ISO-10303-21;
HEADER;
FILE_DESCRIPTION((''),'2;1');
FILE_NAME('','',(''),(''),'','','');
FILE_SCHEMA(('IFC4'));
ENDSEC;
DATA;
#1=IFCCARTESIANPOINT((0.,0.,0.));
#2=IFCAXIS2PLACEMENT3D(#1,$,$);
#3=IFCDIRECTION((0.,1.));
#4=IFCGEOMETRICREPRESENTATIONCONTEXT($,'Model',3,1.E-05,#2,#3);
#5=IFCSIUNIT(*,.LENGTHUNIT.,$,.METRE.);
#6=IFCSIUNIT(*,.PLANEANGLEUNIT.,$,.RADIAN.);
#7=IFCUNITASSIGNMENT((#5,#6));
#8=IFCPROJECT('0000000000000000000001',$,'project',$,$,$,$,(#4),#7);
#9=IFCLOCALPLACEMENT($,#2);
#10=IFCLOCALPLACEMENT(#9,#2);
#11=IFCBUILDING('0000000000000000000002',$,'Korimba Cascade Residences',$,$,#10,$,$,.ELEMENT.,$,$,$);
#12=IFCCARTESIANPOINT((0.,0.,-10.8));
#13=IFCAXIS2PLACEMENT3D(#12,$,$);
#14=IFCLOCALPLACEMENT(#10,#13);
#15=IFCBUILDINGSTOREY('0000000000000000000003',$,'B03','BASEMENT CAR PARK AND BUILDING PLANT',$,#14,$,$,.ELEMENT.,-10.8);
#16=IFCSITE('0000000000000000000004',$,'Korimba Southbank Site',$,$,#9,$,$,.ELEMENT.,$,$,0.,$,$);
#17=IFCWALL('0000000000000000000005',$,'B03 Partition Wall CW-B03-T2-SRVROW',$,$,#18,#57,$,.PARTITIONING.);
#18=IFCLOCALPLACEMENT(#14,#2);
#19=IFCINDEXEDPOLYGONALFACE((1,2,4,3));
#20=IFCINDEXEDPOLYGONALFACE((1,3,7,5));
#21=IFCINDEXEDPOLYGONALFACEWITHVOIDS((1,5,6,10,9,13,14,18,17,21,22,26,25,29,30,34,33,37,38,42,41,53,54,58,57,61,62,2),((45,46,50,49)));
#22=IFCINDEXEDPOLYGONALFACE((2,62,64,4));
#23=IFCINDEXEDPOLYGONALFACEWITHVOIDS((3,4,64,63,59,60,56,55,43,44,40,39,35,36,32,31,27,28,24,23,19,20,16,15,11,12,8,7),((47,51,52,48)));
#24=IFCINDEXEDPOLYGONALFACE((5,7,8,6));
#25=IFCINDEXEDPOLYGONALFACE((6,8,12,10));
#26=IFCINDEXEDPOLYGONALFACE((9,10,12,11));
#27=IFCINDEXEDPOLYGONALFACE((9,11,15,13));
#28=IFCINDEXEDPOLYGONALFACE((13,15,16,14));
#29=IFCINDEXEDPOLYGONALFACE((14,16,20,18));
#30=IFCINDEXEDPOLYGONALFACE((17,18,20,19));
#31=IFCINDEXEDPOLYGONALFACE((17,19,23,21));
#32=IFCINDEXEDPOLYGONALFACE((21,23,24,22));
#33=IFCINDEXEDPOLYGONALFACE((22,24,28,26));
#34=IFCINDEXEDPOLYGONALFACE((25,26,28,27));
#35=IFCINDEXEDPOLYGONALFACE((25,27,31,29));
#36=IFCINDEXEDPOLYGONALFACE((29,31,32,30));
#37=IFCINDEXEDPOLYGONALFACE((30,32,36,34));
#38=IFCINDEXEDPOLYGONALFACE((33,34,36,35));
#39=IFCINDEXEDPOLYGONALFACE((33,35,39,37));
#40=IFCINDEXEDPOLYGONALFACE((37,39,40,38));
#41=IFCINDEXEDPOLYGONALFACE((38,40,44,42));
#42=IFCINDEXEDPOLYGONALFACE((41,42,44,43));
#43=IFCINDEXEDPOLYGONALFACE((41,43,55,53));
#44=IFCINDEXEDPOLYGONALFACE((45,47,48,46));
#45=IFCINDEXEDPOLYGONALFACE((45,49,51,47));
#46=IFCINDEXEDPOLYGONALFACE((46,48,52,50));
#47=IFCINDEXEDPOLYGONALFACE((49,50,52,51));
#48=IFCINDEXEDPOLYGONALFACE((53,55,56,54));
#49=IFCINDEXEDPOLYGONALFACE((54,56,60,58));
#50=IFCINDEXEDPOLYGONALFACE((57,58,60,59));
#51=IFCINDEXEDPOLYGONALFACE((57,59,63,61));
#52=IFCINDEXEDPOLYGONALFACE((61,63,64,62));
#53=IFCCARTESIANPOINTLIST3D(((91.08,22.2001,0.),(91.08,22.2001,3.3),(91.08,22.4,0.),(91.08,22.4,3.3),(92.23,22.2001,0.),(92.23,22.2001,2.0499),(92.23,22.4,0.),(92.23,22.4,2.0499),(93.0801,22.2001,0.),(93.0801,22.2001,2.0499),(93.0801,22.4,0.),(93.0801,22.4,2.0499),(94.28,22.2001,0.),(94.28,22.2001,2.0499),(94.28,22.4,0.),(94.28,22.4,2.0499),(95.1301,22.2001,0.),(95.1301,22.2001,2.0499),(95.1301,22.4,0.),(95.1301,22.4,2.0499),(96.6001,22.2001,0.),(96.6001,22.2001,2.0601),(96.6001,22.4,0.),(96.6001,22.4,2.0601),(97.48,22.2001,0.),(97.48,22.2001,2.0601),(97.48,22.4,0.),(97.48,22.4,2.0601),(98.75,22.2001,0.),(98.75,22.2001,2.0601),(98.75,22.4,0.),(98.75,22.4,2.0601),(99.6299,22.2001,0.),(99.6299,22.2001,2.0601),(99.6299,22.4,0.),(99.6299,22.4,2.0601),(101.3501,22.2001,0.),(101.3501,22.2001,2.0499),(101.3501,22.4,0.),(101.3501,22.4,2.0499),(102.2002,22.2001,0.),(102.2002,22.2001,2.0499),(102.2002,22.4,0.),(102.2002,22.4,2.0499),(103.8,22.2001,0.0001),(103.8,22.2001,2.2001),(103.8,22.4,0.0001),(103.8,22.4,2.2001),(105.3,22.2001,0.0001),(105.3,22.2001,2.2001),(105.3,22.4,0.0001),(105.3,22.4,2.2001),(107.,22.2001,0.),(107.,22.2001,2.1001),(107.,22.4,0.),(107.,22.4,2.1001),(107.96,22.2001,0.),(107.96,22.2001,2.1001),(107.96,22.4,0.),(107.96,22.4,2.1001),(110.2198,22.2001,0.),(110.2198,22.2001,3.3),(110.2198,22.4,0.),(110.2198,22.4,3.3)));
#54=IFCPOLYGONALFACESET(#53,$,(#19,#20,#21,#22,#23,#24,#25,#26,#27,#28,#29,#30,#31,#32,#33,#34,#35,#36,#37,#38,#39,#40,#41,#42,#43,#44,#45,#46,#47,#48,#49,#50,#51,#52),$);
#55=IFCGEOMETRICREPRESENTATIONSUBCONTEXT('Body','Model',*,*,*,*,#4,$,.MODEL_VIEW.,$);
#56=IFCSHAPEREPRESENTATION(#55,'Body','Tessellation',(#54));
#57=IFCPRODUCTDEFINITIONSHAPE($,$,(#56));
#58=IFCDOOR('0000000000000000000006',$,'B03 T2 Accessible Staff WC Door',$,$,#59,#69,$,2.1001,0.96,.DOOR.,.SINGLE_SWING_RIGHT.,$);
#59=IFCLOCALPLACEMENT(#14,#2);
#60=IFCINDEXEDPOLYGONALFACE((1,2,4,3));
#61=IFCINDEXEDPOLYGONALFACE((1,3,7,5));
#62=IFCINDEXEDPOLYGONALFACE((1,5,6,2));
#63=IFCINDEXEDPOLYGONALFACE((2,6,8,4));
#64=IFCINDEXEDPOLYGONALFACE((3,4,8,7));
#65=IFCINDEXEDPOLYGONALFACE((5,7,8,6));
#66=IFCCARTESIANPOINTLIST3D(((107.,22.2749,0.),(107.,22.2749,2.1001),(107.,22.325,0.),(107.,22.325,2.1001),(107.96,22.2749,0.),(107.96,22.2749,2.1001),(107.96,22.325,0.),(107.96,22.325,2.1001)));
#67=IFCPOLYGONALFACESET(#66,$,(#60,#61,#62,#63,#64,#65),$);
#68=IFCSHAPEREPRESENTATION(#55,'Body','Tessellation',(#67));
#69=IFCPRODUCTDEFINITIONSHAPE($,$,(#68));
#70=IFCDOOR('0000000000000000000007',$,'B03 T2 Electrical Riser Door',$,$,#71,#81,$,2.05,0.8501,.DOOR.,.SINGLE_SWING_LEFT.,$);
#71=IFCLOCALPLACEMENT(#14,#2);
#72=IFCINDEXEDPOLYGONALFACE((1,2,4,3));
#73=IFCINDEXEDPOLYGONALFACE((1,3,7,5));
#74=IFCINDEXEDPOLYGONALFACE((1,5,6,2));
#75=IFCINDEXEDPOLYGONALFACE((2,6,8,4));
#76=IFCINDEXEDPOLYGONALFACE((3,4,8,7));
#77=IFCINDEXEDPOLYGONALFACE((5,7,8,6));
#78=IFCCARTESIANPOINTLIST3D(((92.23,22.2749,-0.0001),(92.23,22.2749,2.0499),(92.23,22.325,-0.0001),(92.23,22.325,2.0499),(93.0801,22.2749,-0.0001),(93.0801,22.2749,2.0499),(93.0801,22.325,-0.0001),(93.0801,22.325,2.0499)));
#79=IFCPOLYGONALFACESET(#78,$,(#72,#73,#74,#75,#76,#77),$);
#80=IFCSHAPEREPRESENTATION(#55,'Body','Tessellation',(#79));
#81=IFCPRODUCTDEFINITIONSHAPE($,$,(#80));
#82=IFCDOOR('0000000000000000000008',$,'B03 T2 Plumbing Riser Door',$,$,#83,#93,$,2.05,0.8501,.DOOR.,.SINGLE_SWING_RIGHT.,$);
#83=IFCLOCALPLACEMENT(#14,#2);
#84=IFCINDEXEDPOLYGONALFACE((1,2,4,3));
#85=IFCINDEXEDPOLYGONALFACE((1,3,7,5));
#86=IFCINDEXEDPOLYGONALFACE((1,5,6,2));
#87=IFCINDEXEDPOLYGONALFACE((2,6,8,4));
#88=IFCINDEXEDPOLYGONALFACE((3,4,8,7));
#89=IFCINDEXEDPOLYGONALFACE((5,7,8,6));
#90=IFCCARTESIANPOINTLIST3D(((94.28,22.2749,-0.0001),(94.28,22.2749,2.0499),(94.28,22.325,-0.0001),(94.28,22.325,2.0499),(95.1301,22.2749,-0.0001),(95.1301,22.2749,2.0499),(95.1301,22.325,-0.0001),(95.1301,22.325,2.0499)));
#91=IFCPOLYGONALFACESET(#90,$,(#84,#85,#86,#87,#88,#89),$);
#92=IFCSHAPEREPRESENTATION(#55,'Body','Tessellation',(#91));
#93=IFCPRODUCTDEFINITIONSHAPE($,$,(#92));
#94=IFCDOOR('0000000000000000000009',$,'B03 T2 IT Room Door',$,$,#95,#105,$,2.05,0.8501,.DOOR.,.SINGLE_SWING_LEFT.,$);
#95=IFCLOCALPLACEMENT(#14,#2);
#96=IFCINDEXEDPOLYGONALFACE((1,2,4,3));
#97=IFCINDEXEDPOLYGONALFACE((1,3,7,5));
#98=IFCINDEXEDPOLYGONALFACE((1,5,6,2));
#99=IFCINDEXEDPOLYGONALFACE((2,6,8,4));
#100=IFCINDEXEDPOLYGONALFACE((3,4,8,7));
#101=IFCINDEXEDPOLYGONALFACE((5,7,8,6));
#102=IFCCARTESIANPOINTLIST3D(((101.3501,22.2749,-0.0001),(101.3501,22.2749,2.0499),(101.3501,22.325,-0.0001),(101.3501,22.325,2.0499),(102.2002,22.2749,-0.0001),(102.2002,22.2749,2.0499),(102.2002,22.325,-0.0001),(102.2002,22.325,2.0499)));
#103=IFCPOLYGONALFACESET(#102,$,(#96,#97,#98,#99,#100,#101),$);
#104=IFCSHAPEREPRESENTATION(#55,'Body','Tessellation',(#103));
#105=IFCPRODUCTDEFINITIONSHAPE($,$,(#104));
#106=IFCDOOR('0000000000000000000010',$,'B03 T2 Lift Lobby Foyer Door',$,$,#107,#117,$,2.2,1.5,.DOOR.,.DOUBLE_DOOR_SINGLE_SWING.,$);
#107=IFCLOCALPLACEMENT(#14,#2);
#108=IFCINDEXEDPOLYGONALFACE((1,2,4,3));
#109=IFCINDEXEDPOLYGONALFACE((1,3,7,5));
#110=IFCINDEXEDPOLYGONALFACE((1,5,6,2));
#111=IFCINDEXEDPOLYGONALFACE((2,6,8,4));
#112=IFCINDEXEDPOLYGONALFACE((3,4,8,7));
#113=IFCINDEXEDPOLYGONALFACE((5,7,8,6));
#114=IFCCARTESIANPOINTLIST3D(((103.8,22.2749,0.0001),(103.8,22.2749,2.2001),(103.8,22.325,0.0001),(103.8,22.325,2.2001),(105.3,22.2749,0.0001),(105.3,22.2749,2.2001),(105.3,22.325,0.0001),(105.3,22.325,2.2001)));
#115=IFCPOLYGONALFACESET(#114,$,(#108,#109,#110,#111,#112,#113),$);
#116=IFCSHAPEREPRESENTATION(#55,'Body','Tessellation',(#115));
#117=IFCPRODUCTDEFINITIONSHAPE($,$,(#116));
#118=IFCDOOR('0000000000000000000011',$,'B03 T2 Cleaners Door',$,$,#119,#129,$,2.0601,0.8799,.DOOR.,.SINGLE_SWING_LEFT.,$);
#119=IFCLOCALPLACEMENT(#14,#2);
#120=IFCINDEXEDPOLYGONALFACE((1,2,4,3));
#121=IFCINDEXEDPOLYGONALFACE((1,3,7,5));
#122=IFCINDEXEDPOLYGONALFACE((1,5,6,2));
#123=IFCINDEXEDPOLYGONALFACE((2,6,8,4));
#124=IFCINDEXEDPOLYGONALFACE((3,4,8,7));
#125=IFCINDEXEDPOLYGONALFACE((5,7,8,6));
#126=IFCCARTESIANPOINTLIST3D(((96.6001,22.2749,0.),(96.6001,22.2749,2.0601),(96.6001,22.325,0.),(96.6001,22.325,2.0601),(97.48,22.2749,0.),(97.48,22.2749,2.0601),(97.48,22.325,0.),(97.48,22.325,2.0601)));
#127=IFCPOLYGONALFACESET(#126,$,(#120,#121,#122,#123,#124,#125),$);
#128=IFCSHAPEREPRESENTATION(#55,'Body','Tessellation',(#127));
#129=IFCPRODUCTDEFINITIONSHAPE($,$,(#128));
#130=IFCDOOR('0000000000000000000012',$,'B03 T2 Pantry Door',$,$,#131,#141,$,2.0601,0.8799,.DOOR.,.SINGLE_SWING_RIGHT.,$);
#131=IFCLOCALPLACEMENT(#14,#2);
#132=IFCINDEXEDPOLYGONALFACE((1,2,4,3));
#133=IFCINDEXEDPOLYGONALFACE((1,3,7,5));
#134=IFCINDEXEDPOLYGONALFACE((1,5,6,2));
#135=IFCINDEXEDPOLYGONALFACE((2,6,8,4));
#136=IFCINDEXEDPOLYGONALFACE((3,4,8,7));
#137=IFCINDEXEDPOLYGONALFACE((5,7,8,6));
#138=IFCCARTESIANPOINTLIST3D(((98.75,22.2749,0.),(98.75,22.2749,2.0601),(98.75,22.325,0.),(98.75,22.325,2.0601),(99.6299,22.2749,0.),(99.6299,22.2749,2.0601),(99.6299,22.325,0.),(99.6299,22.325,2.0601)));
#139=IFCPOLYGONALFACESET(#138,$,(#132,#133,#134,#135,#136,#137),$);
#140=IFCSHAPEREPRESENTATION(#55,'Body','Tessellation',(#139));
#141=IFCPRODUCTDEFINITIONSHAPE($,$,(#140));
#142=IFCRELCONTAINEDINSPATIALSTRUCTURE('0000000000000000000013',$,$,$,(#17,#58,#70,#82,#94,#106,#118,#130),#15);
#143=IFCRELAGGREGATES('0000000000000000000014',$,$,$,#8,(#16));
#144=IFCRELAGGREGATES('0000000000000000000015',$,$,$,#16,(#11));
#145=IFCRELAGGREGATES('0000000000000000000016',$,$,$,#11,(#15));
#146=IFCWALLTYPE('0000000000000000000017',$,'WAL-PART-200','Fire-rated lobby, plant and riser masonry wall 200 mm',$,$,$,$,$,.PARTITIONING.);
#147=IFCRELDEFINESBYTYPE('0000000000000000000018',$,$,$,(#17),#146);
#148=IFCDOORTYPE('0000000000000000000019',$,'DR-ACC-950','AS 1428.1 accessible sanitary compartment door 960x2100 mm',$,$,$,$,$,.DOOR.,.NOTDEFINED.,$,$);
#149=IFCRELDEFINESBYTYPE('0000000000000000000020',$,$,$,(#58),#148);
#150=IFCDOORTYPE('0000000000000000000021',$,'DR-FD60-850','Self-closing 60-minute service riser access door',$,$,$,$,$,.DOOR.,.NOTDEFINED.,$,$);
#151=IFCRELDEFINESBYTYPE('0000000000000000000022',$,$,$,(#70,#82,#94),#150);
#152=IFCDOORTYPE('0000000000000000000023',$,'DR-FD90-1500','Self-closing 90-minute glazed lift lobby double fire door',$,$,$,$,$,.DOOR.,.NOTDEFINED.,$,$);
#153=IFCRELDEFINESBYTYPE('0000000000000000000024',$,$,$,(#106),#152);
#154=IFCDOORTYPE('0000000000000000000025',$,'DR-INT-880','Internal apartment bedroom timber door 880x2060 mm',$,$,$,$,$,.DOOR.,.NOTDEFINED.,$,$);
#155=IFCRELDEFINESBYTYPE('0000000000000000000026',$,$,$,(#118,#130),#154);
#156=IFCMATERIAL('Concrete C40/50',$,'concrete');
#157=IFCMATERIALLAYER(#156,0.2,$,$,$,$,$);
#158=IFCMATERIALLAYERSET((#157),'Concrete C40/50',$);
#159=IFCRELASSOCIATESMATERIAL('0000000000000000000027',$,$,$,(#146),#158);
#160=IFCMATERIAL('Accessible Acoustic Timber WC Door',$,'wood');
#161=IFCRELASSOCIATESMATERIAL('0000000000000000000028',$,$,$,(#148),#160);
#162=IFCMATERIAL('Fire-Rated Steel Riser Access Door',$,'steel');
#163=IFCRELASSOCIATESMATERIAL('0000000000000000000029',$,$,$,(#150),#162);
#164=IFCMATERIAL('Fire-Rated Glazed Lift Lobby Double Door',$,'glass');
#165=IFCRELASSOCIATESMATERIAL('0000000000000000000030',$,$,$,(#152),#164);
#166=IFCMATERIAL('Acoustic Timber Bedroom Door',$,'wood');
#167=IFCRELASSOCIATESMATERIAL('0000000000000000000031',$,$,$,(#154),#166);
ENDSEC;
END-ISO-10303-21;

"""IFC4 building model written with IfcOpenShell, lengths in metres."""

from ifc_helpers import new_model, si_unit, direction, frame, frame_2d, origin, place, context, subcontext, project, spatial, rectangle, extrude, material, layer, layer_set, type_object, element, fill, save


model = new_model("IFC4")

# Units and contexts
model_context = context("Model", 3, precision=1e-05, world=origin(), true_north=direction((0.0, 1.0)))
body_context = subcontext(model_context, "Body", "Model", "MODEL_VIEW")
ifc_project = project(units=[si_unit("LENGTHUNIT", "METRE"), si_unit("PLANEANGLEUNIT", "RADIAN")], contexts=[model_context])

# Site, building, storey
site_placement = place(None, origin())
site = spatial("IfcSite", under=ifc_project, at=site_placement, Name="Korimba Southbank Site", CompositionType="ELEMENT", RefElevation=0.0)
building_placement = place(site_placement, origin())
building = spatial("IfcBuilding", under=site, at=building_placement, Name="Korimba Cascade Residences", CompositionType="ELEMENT")
storey_placement = place(building_placement, frame((0.0, 0.0, -10.8)))
storey = spatial("IfcBuildingStorey", under=building, at=storey_placement, Name="B03", Description="BASEMENT CAR PARK AND BUILDING PLANT", CompositionType="ELEMENT", Elevation=-10.8)

# Wall, openings, doors
ifc_material_1 = material(Name="Concrete C40/50", Category="concrete")
ifc_layer_1 = layer(ifc_material_1, 0.2)
ifc_layer_set_1 = layer_set([ifc_layer_1], Name="Concrete C40/50")
wall_type_1 = type_object("IfcWallType", Name="WAL-PART-200", Description="Fire-rated lobby, plant and riser masonry wall 200 mm", PredefinedType="PARTITIONING", material=ifc_layer_set_1)
wall_1_placement = place(storey_placement, frame((91.0801, 22.3, 0.0), z_axis=(0.0, 0.0, 1.0), x_axis=(1.0, 0.0, 0.0)))
wall_1 = element("IfcWall", 1, at=wall_1_placement, inside=storey, type_object=wall_type_1, Name="B03 Partition Wall CW-B03-T2-SRVROW", PredefinedType="PARTITIONING", context=body_context, shape_type="SweptSolid", body=[
    extrude(rectangle(XDim=19.1399, YDim=0.2, at=frame_2d((9.5698, 0.0))), origin(), (0.0, 0.0, 1.0), 3.3),
])
opening_1_placement = place(wall_1_placement, frame((1.1499, 0.0, 0.0)))
opening_1 = element("IfcOpeningElement", 2, at=opening_1_placement, cuts=wall_1, PredefinedType="OPENING", context=body_context, shape_type="SweptSolid", body=[
    extrude(rectangle(XDim=0.8501, YDim=2.05, at=frame_2d((0.425, 1.0249))), frame((0.0, 0.1099, 0.0), z_axis=(0.0, -1.0, 0.0), x_axis=(1.0, 0.0, 0.0)), (0.0, 0.0, 1.0), 0.22),
])
opening_2_placement = place(wall_1_placement, frame((3.2, 0.0, 0.0)))
opening_2 = element("IfcOpeningElement", 3, at=opening_2_placement, cuts=wall_1, PredefinedType="OPENING", context=body_context, shape_type="SweptSolid", body=[
    extrude(rectangle(XDim=0.8501, YDim=2.05, at=frame_2d((0.425, 1.0249))), frame((0.0, 0.1099, 0.0), z_axis=(0.0, -1.0, 0.0), x_axis=(1.0, 0.0, 0.0)), (0.0, 0.0, 1.0), 0.22),
])
opening_3_placement = place(wall_1_placement, frame((12.72, 0.0, 0.0)))
opening_3 = element("IfcOpeningElement", 4, at=opening_3_placement, cuts=wall_1, PredefinedType="OPENING", context=body_context, shape_type="SweptSolid", body=[
    extrude(rectangle(XDim=1.5, YDim=2.2, at=frame_2d((0.75, 1.1001))), frame((0.0, 0.1099, 0.0), z_axis=(0.0, -1.0, 0.0), x_axis=(1.0, 0.0, 0.0)), (0.0, 0.0, 1.0), 0.22),
])
opening_4_placement = place(wall_1_placement, frame((5.52, 0.0, 0.0)))
opening_4 = element("IfcOpeningElement", 5, at=opening_4_placement, cuts=wall_1, PredefinedType="OPENING", context=body_context, shape_type="SweptSolid", body=[
    extrude(rectangle(XDim=0.8799, YDim=2.0601, at=frame_2d((0.4399, 1.03))), frame((0.0, 0.1099, 0.0), z_axis=(0.0, -1.0, 0.0), x_axis=(1.0, 0.0, 0.0)), (0.0, 0.0, 1.0), 0.22),
])
opening_5_placement = place(wall_1_placement, frame((7.6699, 0.0, 0.0)))
opening_5 = element("IfcOpeningElement", 6, at=opening_5_placement, cuts=wall_1, PredefinedType="OPENING", context=body_context, shape_type="SweptSolid", body=[
    extrude(rectangle(XDim=0.8799, YDim=2.0601, at=frame_2d((0.4399, 1.03))), frame((0.0, 0.1099, 0.0), z_axis=(0.0, -1.0, 0.0), x_axis=(1.0, 0.0, 0.0)), (0.0, 0.0, 1.0), 0.22),
])
opening_6_placement = place(wall_1_placement, frame((10.27, 0.0, 0.0)))
opening_6 = element("IfcOpeningElement", 7, at=opening_6_placement, cuts=wall_1, PredefinedType="OPENING", context=body_context, shape_type="SweptSolid", body=[
    extrude(rectangle(XDim=0.8501, YDim=2.05, at=frame_2d((0.425, 1.0249))), frame((0.0, 0.1099, 0.0), z_axis=(0.0, -1.0, 0.0), x_axis=(1.0, 0.0, 0.0)), (0.0, 0.0, 1.0), 0.22),
])
opening_7_placement = place(wall_1_placement, frame((15.9199, 0.0, 0.0)))
opening_7 = element("IfcOpeningElement", 8, at=opening_7_placement, cuts=wall_1, PredefinedType="OPENING", context=body_context, shape_type="SweptSolid", body=[
    extrude(rectangle(XDim=0.96, YDim=2.1001, at=frame_2d((0.48, 1.05))), frame((0.0, 0.1099, 0.0), z_axis=(0.0, -1.0, 0.0), x_axis=(1.0, 0.0, 0.0)), (0.0, 0.0, 1.0), 0.22),
])
ifc_material_2 = material(Name="Accessible Acoustic Timber WC Door", Category="wood")
door_type_1 = type_object("IfcDoorType", Name="DR-ACC-950", Description="AS 1428.1 accessible sanitary compartment door 960x2100 mm", OperationType="NOTDEFINED", PredefinedType="DOOR", material=ifc_material_2)
door_1_placement = place(opening_7_placement, origin())
door_1 = element("IfcDoor", 9, at=door_1_placement, inside=storey, type_object=door_type_1, Name="B03 T2 Accessible Staff WC Door", OperationType="SINGLE_SWING_RIGHT", OverallHeight=2.1001, OverallWidth=0.96, PredefinedType="DOOR", context=body_context, shape_type="SweptSolid", body=[
    extrude(rectangle(XDim=0.96, YDim=2.1001, at=frame_2d((0.48, 1.05))), frame((0.0, 0.0249, 0.0), z_axis=(0.0, -1.0, 0.0), x_axis=(1.0, 0.0, 0.0)), (0.0, 0.0, 1.0), 0.05),
])
fill(opening_7, door_1)
ifc_material_3 = material(Name="Fire-Rated Steel Riser Access Door", Category="steel")
door_type_2 = type_object("IfcDoorType", Name="DR-FD60-850", Description="Self-closing 60-minute service riser access door", OperationType="NOTDEFINED", PredefinedType="DOOR", material=ifc_material_3)
door_2_placement = place(opening_1_placement, origin())
door_2 = element("IfcDoor", 10, at=door_2_placement, inside=storey, type_object=door_type_2, Name="B03 T2 Electrical Riser Door", OperationType="SINGLE_SWING_LEFT", OverallHeight=2.05, OverallWidth=0.8501, PredefinedType="DOOR", context=body_context, shape_type="SweptSolid", body=[
    extrude(rectangle(XDim=0.8501, YDim=2.05, at=frame_2d((0.425, 1.0249))), frame((0.0, 0.0249, 0.0), z_axis=(0.0, -1.0, 0.0), x_axis=(1.0, 0.0, 0.0)), (0.0, 0.0, 1.0), 0.05),
])
fill(opening_1, door_2)
door_3_placement = place(opening_2_placement, origin())
door_3 = element("IfcDoor", 11, at=door_3_placement, inside=storey, type_object=door_type_2, Name="B03 T2 Plumbing Riser Door", OperationType="SINGLE_SWING_RIGHT", OverallHeight=2.05, OverallWidth=0.8501, PredefinedType="DOOR", context=body_context, shape_type="SweptSolid", body=[
    extrude(rectangle(XDim=0.8501, YDim=2.05, at=frame_2d((0.425, 1.0249))), frame((0.0, 0.0249, 0.0), z_axis=(0.0, -1.0, 0.0), x_axis=(1.0, 0.0, 0.0)), (0.0, 0.0, 1.0), 0.05),
])
fill(opening_2, door_3)
door_4_placement = place(opening_6_placement, origin())
door_4 = element("IfcDoor", 12, at=door_4_placement, inside=storey, type_object=door_type_2, Name="B03 T2 IT Room Door", OperationType="SINGLE_SWING_LEFT", OverallHeight=2.05, OverallWidth=0.8501, PredefinedType="DOOR", context=body_context, shape_type="SweptSolid", body=[
    extrude(rectangle(XDim=0.8501, YDim=2.05, at=frame_2d((0.425, 1.0249))), frame((0.0, 0.0249, 0.0), z_axis=(0.0, -1.0, 0.0), x_axis=(1.0, 0.0, 0.0)), (0.0, 0.0, 1.0), 0.05),
])
fill(opening_6, door_4)
ifc_material_4 = material(Name="Fire-Rated Glazed Lift Lobby Double Door", Category="glass")
door_type_3 = type_object("IfcDoorType", Name="DR-FD90-1500", Description="Self-closing 90-minute glazed lift lobby double fire door", OperationType="NOTDEFINED", PredefinedType="DOOR", material=ifc_material_4)
door_5_placement = place(opening_3_placement, origin())
door_5 = element("IfcDoor", 13, at=door_5_placement, inside=storey, type_object=door_type_3, Name="B03 T2 Lift Lobby Foyer Door", OperationType="DOUBLE_DOOR_SINGLE_SWING", OverallHeight=2.2, OverallWidth=1.5, PredefinedType="DOOR", context=body_context, shape_type="SweptSolid", body=[
    extrude(rectangle(XDim=1.5, YDim=2.2, at=frame_2d((0.75, 1.1001))), frame((0.0, 0.0249, 0.0), z_axis=(0.0, -1.0, 0.0), x_axis=(1.0, 0.0, 0.0)), (0.0, 0.0, 1.0), 0.05),
])
fill(opening_3, door_5)
ifc_material_5 = material(Name="Acoustic Timber Bedroom Door", Category="wood")
door_type_4 = type_object("IfcDoorType", Name="DR-INT-880", Description="Internal apartment bedroom timber door 880x2060 mm", OperationType="NOTDEFINED", PredefinedType="DOOR", material=ifc_material_5)
door_6_placement = place(opening_4_placement, origin())
door_6 = element("IfcDoor", 14, at=door_6_placement, inside=storey, type_object=door_type_4, Name="B03 T2 Cleaners Door", OperationType="SINGLE_SWING_LEFT", OverallHeight=2.0601, OverallWidth=0.8799, PredefinedType="DOOR", context=body_context, shape_type="SweptSolid", body=[
    extrude(rectangle(XDim=0.8799, YDim=2.0601, at=frame_2d((0.4399, 1.03))), frame((0.0, 0.0249, 0.0), z_axis=(0.0, -1.0, 0.0), x_axis=(1.0, 0.0, 0.0)), (0.0, 0.0, 1.0), 0.05),
])
fill(opening_4, door_6)
door_7_placement = place(opening_5_placement, origin())
door_7 = element("IfcDoor", 15, at=door_7_placement, inside=storey, type_object=door_type_4, Name="B03 T2 Pantry Door", OperationType="SINGLE_SWING_RIGHT", OverallHeight=2.0601, OverallWidth=0.8799, PredefinedType="DOOR", context=body_context, shape_type="SweptSolid", body=[
    extrude(rectangle(XDim=0.8799, YDim=2.0601, at=frame_2d((0.4399, 1.03))), frame((0.0, 0.0249, 0.0), z_axis=(0.0, -1.0, 0.0), x_axis=(1.0, 0.0, 0.0)), (0.0, 0.0, 1.0), 0.05),
])
fill(opening_5, door_7)

save(model, "model.ifc")
